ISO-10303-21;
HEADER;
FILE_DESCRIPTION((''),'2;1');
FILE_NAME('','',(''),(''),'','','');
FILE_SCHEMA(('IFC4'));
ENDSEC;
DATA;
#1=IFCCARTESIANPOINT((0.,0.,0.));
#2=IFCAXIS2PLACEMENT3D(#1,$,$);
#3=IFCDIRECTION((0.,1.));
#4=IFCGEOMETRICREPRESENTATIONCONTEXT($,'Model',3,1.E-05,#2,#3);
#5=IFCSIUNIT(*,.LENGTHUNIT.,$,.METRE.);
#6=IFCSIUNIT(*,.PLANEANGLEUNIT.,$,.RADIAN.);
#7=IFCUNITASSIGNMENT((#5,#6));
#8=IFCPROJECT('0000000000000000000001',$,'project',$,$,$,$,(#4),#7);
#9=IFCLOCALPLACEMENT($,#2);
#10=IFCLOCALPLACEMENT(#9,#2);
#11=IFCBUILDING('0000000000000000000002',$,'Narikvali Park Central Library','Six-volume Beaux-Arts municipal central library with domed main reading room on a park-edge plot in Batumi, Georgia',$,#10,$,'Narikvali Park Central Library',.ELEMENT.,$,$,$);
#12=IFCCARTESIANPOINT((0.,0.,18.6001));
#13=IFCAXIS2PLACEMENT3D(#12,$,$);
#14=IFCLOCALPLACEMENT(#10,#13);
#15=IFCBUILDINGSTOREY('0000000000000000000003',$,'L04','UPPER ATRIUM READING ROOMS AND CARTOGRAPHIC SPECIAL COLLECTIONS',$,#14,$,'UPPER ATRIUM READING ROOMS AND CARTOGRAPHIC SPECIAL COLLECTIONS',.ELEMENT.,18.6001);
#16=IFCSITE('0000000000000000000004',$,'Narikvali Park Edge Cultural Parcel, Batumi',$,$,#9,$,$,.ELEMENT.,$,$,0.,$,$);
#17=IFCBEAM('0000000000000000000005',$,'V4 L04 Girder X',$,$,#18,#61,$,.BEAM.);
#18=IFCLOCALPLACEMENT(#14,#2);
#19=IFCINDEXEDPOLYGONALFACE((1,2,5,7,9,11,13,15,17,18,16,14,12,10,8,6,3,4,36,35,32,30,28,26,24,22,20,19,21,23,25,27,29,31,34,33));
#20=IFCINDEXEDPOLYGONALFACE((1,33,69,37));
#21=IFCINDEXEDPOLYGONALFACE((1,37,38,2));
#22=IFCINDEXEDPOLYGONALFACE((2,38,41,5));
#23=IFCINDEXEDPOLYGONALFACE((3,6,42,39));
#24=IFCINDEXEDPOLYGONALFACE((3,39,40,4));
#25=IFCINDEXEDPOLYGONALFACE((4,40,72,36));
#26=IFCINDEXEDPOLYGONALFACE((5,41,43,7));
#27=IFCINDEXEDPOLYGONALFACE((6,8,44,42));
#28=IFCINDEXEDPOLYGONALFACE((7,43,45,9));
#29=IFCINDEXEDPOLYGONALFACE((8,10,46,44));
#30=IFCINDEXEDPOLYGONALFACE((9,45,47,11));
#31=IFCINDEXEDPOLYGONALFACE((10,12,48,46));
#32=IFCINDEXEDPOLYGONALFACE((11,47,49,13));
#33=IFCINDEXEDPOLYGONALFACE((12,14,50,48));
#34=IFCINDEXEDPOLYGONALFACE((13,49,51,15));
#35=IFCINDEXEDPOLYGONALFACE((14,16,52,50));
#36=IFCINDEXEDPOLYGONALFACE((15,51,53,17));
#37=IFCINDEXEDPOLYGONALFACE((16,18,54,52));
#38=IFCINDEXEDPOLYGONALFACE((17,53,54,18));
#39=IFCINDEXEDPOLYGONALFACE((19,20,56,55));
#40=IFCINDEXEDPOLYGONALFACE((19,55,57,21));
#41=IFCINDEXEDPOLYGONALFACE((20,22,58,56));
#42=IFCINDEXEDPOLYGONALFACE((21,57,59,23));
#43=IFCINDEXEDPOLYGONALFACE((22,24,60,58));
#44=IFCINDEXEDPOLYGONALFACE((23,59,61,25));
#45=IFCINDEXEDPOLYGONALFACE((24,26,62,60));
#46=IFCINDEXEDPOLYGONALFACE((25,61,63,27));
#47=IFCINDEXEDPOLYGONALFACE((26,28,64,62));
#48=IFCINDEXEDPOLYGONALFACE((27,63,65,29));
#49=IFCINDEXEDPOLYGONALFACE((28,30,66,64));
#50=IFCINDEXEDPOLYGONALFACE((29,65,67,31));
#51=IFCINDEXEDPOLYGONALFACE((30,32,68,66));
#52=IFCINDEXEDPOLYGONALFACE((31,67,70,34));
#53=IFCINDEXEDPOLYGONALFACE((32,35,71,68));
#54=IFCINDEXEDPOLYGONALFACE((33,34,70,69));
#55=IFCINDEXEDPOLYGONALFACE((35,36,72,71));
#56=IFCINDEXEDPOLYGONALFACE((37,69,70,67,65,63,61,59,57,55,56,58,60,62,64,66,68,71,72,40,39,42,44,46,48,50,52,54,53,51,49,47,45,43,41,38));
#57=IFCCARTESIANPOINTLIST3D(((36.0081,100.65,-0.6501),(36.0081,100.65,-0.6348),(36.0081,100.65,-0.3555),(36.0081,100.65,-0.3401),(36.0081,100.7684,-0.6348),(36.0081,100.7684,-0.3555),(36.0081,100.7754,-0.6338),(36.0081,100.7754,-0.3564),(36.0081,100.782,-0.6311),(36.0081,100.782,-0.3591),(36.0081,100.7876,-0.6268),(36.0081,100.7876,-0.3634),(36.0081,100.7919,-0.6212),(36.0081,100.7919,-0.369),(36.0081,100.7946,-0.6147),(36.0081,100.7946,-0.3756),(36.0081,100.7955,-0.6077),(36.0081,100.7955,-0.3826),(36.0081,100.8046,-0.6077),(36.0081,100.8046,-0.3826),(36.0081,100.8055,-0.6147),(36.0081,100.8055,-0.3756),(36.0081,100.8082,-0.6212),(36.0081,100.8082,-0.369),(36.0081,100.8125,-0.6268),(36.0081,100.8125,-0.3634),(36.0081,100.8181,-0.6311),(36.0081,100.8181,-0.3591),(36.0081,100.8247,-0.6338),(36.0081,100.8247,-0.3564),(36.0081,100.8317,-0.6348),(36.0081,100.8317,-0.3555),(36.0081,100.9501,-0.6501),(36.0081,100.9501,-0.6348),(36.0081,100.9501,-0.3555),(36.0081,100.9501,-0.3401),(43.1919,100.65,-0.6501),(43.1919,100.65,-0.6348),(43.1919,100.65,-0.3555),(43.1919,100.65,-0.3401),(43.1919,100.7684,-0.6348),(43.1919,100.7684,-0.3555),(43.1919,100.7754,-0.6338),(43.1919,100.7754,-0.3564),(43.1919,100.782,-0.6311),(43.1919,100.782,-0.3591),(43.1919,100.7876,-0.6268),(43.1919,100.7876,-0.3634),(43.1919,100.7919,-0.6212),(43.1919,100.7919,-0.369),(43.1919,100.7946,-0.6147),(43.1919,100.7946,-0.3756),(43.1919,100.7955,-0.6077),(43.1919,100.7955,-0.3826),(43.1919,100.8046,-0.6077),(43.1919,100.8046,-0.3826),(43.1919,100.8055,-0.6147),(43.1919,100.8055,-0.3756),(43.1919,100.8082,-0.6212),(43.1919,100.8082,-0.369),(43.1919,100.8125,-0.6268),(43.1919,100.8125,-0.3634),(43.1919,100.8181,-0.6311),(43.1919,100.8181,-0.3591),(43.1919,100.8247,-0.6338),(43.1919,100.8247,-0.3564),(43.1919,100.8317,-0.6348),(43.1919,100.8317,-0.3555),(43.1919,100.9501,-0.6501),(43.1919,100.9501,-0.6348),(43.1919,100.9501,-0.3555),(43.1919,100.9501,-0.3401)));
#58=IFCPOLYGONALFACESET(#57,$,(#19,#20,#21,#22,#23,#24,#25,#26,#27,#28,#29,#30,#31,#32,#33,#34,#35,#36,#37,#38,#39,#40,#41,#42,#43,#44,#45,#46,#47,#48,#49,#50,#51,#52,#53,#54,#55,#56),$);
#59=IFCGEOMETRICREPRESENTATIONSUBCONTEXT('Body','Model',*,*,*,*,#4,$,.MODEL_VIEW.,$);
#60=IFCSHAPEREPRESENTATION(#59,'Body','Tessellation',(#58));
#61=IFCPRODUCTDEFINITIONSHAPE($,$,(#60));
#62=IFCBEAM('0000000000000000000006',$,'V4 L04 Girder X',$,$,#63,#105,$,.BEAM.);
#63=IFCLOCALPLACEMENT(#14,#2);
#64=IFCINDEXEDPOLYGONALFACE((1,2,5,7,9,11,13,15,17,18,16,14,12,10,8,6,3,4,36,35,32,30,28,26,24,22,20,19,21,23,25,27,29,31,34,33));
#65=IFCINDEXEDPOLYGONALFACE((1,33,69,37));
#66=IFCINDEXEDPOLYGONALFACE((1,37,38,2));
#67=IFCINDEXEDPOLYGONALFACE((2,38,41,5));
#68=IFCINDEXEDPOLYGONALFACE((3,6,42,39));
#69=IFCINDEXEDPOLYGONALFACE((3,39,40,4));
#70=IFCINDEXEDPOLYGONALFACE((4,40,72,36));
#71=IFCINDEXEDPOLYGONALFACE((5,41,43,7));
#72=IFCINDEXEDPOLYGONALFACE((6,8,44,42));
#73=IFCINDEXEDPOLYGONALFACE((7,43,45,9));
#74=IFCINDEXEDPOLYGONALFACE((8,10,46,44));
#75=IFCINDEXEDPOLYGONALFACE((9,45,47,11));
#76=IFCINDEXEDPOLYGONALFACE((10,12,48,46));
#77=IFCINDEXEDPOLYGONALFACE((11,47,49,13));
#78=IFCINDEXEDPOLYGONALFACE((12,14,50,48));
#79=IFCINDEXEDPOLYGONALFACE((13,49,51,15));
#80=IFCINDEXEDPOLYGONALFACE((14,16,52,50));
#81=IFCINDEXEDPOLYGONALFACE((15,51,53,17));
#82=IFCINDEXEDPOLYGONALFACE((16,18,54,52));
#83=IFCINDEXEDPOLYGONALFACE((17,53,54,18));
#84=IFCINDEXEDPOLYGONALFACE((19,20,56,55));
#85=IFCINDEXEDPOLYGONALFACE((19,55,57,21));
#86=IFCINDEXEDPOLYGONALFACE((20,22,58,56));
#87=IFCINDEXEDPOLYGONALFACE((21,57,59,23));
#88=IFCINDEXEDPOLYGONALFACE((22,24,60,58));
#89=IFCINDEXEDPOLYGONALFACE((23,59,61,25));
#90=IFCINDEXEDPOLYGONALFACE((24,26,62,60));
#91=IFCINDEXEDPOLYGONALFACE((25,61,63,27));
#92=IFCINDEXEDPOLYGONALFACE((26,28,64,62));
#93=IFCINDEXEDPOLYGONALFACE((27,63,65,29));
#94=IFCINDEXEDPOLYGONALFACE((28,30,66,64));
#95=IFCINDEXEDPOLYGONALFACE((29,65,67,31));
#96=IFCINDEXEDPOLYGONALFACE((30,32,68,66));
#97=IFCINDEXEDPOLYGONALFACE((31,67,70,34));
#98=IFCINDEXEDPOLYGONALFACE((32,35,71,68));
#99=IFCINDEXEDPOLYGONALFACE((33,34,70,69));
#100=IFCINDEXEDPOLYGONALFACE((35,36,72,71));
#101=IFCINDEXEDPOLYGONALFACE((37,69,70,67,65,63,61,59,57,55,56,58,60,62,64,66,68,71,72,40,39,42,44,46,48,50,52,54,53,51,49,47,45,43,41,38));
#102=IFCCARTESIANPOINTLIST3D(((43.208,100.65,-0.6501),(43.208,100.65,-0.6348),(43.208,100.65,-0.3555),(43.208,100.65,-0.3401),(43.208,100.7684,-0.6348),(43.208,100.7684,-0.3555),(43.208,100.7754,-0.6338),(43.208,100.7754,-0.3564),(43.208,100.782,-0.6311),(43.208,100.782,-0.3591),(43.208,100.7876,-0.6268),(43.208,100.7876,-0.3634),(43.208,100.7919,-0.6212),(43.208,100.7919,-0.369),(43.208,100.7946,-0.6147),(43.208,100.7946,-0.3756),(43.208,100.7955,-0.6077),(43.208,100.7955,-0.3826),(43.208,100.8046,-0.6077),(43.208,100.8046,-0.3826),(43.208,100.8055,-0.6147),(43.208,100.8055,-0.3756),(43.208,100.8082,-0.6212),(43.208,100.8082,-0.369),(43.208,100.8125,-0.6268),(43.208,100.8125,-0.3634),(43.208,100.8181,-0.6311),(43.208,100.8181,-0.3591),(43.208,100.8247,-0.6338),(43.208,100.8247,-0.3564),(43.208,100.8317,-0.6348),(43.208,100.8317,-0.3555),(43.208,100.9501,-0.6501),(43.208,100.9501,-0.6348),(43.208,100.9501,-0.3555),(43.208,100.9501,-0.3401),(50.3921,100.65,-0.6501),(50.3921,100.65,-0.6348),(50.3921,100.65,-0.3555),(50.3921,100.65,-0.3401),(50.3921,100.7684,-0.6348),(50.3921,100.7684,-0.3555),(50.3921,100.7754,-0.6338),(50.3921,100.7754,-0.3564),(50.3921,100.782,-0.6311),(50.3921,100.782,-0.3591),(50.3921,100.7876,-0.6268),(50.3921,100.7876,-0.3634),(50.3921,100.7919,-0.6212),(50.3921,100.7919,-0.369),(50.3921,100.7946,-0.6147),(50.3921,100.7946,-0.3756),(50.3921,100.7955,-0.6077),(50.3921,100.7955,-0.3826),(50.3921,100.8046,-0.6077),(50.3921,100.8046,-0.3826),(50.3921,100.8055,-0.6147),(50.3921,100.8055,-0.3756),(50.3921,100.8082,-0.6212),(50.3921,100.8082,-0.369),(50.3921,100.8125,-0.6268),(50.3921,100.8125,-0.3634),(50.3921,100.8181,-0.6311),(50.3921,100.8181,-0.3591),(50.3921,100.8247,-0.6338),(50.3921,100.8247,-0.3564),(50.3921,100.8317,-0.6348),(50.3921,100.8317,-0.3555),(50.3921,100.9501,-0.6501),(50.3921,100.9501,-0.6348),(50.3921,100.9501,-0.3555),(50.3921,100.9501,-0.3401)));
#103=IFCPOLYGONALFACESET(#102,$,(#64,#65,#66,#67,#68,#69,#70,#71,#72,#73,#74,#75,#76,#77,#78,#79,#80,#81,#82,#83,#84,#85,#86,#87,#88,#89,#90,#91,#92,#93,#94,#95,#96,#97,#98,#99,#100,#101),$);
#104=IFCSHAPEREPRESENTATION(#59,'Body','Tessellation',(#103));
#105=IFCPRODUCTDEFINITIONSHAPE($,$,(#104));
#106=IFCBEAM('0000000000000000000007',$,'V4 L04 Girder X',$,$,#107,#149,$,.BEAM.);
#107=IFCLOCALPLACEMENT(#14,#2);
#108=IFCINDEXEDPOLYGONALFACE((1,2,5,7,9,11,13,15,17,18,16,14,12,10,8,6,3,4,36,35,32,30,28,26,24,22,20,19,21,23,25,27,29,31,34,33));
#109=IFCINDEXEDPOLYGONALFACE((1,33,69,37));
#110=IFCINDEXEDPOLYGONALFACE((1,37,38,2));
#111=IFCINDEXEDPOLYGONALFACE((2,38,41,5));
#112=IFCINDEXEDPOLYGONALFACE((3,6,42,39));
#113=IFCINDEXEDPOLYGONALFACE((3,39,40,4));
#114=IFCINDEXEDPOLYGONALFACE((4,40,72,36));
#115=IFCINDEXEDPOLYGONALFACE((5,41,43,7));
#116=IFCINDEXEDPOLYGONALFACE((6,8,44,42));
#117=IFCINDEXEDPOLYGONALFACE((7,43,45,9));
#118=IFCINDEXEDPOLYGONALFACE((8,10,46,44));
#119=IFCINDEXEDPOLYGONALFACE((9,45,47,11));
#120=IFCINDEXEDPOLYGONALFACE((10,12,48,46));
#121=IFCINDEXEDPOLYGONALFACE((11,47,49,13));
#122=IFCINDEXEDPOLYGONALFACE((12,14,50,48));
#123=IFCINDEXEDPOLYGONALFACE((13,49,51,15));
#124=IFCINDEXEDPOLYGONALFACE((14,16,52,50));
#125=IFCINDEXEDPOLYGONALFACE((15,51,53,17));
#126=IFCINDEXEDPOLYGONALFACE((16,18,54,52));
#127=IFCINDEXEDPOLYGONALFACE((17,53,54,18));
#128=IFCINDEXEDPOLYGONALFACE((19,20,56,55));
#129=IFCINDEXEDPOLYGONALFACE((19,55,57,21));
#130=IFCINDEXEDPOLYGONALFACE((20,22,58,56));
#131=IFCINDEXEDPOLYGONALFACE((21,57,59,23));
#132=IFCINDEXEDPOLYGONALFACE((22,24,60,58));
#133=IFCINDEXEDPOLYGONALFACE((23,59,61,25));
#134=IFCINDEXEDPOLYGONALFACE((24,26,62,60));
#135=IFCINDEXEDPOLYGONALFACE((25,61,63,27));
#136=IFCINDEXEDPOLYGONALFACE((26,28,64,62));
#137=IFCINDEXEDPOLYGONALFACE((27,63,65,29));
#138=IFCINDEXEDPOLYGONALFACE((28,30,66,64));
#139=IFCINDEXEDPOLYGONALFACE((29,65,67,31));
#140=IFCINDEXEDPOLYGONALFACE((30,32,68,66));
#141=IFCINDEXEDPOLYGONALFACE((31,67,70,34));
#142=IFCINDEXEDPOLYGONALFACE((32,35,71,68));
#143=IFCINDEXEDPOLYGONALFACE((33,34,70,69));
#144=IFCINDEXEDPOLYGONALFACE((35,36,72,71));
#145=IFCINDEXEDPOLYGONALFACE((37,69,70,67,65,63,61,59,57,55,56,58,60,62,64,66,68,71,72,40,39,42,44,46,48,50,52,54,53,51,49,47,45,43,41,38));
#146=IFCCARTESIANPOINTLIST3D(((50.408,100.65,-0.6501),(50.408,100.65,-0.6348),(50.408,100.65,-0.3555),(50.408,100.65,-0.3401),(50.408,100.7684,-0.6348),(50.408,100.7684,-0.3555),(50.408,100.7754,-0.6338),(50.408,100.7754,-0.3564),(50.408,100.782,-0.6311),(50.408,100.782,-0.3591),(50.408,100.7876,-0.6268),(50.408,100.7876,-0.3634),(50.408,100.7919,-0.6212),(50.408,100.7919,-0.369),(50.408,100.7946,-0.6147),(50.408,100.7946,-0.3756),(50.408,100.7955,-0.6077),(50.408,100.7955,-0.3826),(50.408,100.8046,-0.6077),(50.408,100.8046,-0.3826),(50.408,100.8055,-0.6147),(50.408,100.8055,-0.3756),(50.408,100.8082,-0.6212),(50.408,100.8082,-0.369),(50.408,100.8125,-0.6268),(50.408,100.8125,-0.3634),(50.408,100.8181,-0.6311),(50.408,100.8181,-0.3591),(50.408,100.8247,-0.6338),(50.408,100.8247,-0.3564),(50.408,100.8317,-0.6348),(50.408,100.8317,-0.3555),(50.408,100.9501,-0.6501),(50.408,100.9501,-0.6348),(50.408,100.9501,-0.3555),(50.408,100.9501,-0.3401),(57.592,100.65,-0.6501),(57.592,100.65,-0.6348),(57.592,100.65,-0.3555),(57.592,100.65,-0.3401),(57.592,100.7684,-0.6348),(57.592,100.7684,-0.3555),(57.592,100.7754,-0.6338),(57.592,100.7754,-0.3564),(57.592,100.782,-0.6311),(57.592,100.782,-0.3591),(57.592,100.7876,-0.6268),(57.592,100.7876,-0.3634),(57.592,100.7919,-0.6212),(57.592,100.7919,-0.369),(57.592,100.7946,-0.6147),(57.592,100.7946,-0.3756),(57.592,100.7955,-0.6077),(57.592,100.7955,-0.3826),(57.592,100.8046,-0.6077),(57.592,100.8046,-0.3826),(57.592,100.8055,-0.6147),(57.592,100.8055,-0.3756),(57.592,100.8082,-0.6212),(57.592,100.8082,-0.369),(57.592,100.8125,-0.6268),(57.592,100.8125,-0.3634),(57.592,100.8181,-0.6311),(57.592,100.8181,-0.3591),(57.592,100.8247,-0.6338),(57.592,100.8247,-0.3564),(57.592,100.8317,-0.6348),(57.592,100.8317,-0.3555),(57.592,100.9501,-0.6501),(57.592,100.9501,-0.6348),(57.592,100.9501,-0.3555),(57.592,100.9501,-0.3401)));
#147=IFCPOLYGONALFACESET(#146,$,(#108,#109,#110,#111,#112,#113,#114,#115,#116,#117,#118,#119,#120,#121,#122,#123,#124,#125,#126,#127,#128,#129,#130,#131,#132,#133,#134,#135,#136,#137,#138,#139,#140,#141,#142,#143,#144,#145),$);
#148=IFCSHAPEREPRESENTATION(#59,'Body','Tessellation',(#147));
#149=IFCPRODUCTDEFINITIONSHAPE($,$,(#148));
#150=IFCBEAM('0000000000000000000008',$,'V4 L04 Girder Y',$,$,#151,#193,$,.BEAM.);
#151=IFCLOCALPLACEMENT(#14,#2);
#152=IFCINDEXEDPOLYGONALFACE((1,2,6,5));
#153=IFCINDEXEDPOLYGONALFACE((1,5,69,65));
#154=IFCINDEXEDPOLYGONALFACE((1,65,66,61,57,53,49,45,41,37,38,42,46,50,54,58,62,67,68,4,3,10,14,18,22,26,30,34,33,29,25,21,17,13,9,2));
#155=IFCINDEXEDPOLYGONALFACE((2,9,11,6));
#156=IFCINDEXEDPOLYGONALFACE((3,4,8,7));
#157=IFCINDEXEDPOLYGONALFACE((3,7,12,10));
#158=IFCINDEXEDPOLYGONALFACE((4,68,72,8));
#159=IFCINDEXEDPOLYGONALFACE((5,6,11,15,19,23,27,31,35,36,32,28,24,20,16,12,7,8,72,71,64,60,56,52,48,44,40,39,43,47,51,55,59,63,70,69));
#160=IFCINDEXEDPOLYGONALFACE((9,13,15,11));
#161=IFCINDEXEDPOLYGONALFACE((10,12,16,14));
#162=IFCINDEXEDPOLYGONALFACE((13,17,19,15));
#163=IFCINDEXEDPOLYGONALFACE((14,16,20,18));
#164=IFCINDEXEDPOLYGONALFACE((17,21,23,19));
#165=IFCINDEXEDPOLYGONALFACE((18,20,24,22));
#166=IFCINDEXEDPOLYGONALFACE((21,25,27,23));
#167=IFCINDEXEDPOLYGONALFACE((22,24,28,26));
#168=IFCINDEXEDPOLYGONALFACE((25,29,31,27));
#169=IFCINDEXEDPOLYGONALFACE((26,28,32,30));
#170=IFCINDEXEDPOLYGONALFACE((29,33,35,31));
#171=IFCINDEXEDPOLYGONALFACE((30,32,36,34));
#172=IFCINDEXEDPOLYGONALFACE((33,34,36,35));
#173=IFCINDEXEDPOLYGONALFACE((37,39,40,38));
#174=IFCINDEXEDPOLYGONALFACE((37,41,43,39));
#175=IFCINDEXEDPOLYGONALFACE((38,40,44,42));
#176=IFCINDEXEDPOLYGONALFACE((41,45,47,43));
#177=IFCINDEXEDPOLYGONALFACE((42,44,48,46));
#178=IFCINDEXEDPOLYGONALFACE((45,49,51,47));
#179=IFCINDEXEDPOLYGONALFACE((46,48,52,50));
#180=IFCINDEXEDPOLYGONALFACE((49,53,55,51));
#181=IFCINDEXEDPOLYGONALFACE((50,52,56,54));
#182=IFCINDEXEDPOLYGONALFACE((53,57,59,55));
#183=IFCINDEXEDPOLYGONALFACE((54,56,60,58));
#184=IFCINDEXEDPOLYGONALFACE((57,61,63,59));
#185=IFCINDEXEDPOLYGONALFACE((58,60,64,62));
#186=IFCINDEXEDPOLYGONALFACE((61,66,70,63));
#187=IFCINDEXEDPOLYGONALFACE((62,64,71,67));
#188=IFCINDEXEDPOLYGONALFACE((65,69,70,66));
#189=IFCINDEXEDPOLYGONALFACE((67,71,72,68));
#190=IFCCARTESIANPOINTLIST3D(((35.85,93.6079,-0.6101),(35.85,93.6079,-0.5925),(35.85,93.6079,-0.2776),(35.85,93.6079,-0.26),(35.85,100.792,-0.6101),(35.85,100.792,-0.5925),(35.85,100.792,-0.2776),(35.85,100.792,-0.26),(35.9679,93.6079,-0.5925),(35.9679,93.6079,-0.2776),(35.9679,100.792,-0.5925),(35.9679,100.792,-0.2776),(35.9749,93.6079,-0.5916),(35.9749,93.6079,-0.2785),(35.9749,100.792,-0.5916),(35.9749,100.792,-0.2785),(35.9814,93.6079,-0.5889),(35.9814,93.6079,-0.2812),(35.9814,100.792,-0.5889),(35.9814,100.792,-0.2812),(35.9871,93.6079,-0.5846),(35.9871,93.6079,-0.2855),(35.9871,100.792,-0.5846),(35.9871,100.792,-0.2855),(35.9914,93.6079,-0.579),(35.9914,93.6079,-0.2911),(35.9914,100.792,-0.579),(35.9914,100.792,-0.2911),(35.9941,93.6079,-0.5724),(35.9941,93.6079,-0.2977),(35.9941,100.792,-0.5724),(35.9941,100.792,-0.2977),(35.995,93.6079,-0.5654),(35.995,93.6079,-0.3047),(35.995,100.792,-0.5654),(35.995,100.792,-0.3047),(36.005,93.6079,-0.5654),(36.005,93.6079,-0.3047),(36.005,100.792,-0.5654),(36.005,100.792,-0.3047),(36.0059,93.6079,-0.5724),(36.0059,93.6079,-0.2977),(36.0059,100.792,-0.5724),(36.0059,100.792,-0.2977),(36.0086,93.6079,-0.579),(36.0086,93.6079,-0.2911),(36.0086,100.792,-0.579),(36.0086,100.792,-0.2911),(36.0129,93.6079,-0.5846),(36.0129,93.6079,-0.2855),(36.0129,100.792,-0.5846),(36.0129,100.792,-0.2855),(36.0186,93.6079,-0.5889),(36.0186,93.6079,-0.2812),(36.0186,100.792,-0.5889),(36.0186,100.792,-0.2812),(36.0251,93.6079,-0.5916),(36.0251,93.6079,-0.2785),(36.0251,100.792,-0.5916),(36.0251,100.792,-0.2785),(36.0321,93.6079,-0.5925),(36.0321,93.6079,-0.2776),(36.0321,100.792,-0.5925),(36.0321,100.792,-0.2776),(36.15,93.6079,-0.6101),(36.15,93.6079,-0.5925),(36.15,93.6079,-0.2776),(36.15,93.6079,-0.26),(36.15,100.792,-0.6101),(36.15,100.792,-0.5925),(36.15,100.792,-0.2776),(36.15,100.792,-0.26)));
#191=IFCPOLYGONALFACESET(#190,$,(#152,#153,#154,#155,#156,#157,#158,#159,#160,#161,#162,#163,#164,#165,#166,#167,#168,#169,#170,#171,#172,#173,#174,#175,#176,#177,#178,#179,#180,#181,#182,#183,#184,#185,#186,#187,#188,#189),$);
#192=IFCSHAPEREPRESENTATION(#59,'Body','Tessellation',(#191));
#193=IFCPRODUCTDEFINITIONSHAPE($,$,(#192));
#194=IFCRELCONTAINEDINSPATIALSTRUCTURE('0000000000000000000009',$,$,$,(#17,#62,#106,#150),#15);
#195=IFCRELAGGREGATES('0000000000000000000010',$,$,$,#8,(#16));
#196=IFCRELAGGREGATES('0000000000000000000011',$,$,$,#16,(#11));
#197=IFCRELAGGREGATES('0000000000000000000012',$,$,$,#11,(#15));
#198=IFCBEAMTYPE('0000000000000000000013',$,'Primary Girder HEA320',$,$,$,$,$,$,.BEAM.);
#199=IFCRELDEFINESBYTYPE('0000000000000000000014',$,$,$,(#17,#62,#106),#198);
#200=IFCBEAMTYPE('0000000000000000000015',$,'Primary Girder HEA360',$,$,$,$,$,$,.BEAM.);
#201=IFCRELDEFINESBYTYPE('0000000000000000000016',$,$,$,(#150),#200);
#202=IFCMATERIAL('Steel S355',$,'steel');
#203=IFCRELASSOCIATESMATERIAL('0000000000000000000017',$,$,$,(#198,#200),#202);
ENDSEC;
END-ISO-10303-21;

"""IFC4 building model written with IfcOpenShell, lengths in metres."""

from ifc_helpers import new_model, si_unit, direction, frame, origin, origin_2d, place, context, subcontext, project, spatial, i_section, extrude, material, material_profile, profile_set, type_object, element, save


model = new_model("IFC4")

# Units and contexts
model_context = context("Model", 3, precision=1e-05, world=origin(), true_north=direction((0.0, 1.0)))
body_context = subcontext(model_context, "Body", "Model", "MODEL_VIEW")
ifc_project = project(units=[si_unit("LENGTHUNIT", "METRE"), si_unit("PLANEANGLEUNIT", "RADIAN")], contexts=[model_context])

# Site, building, storey
site_placement = place(None, origin())
site = spatial("IfcSite", under=ifc_project, at=site_placement, Name="Narikvali Park Edge Cultural Parcel, Batumi", CompositionType="ELEMENT", RefElevation=0.0)
building_placement = place(site_placement, origin())
building = spatial("IfcBuilding", under=site, at=building_placement, Name="Narikvali Park Central Library", Description="Six-volume Beaux-Arts municipal central library with domed main reading room on a park-edge plot in Batumi, Georgia", LongName="Narikvali Park Central Library", CompositionType="ELEMENT")
storey_placement = place(building_placement, frame((0.0, 0.0, 18.6001)))
storey = spatial("IfcBuildingStorey", under=building, at=storey_placement, Name="L04", Description="UPPER ATRIUM READING ROOMS AND CARTOGRAPHIC SPECIAL COLLECTIONS", LongName="UPPER ATRIUM READING ROOMS AND CARTOGRAPHIC SPECIAL COLLECTIONS", CompositionType="ELEMENT", Elevation=18.6001)

# Shared definitions
ifc_material_1 = material(Name="Steel S355", Category="steel")

# Beams
ifc_material_profile_1 = material_profile(ifc_material_1, i_section(OverallWidth=0.3, OverallDepth=0.3101, WebThickness=0.009, FlangeThickness=0.0154, FilletRadius=0.0271, at=origin_2d()), Name="HEA 320")
ifc_profile_set_1 = profile_set([ifc_material_profile_1], Name="Steel S355")
beam_type_1 = type_object("IfcBeamType", Name="Primary Girder HEA320", PredefinedType="BEAM", material=ifc_profile_set_1)
beam_1_placement = place(storey_placement, frame((36.0081, 100.8, -0.4951), z_axis=(1.0, 0.0, 0.0), x_axis=(0.0, 1.0, 0.0)))
element("IfcBeam", 1, at=beam_1_placement, inside=storey, type_object=beam_type_1, Name="V4 L04 Girder X", PredefinedType="BEAM", context=body_context, shape_type="SweptSolid", body=[
    extrude(i_section(OverallWidth=0.3, OverallDepth=0.3101, WebThickness=0.009, FlangeThickness=0.0154, FilletRadius=0.0271, at=origin_2d()), origin(), (0.0, 0.0, 1.0), 7.1838),
])
for number, where, z_axis, x_axis, name in (
    (2, (43.208, 100.8, -0.4951), (1.0, 0.0, 0.0), (0.0, 1.0, 0.0), "V4 L04 Girder X"),
    (3, (50.408, 100.8, -0.4951), (1.0, 0.0, 0.0), (0.0, 1.0, 0.0), "V4 L04 Girder X"),
):
    element("IfcBeam", number, at=place(storey_placement, frame(where, z_axis=z_axis, x_axis=x_axis)), inside=storey, type_object=beam_type_1, Name=name, PredefinedType="BEAM", context=body_context, shape_type="SweptSolid", body=[
        extrude(i_section(OverallWidth=0.3, OverallDepth=0.3101, WebThickness=0.009, FlangeThickness=0.0154, FilletRadius=0.0271, at=origin_2d()), origin(), (0.0, 0.0, 1.0), 7.1841),
    ])
ifc_material_profile_2 = material_profile(ifc_material_1, i_section(OverallWidth=0.3, OverallDepth=0.3501, WebThickness=0.01, FlangeThickness=0.0176, FilletRadius=0.0271, at=origin_2d()), Name="HEA 360")
ifc_profile_set_2 = profile_set([ifc_material_profile_2], Name="Steel S355")
beam_type_2 = type_object("IfcBeamType", Name="Primary Girder HEA360", PredefinedType="BEAM", material=ifc_profile_set_2)
beam_2_placement = place(storey_placement, frame((36.0, 93.6079, -0.4351), z_axis=(0.0, 1.0, 0.0), x_axis=(-1.0, 0.0, 0.0)))
element("IfcBeam", 4, at=beam_2_placement, inside=storey, type_object=beam_type_2, Name="V4 L04 Girder Y", PredefinedType="BEAM", context=body_context, shape_type="SweptSolid", body=[
    extrude(i_section(OverallWidth=0.3, OverallDepth=0.3501, WebThickness=0.01, FlangeThickness=0.0176, FilletRadius=0.0271, at=origin_2d()), origin(), (0.0, 0.0, 1.0), 7.1841),
])

save(model, "model.ifc")
